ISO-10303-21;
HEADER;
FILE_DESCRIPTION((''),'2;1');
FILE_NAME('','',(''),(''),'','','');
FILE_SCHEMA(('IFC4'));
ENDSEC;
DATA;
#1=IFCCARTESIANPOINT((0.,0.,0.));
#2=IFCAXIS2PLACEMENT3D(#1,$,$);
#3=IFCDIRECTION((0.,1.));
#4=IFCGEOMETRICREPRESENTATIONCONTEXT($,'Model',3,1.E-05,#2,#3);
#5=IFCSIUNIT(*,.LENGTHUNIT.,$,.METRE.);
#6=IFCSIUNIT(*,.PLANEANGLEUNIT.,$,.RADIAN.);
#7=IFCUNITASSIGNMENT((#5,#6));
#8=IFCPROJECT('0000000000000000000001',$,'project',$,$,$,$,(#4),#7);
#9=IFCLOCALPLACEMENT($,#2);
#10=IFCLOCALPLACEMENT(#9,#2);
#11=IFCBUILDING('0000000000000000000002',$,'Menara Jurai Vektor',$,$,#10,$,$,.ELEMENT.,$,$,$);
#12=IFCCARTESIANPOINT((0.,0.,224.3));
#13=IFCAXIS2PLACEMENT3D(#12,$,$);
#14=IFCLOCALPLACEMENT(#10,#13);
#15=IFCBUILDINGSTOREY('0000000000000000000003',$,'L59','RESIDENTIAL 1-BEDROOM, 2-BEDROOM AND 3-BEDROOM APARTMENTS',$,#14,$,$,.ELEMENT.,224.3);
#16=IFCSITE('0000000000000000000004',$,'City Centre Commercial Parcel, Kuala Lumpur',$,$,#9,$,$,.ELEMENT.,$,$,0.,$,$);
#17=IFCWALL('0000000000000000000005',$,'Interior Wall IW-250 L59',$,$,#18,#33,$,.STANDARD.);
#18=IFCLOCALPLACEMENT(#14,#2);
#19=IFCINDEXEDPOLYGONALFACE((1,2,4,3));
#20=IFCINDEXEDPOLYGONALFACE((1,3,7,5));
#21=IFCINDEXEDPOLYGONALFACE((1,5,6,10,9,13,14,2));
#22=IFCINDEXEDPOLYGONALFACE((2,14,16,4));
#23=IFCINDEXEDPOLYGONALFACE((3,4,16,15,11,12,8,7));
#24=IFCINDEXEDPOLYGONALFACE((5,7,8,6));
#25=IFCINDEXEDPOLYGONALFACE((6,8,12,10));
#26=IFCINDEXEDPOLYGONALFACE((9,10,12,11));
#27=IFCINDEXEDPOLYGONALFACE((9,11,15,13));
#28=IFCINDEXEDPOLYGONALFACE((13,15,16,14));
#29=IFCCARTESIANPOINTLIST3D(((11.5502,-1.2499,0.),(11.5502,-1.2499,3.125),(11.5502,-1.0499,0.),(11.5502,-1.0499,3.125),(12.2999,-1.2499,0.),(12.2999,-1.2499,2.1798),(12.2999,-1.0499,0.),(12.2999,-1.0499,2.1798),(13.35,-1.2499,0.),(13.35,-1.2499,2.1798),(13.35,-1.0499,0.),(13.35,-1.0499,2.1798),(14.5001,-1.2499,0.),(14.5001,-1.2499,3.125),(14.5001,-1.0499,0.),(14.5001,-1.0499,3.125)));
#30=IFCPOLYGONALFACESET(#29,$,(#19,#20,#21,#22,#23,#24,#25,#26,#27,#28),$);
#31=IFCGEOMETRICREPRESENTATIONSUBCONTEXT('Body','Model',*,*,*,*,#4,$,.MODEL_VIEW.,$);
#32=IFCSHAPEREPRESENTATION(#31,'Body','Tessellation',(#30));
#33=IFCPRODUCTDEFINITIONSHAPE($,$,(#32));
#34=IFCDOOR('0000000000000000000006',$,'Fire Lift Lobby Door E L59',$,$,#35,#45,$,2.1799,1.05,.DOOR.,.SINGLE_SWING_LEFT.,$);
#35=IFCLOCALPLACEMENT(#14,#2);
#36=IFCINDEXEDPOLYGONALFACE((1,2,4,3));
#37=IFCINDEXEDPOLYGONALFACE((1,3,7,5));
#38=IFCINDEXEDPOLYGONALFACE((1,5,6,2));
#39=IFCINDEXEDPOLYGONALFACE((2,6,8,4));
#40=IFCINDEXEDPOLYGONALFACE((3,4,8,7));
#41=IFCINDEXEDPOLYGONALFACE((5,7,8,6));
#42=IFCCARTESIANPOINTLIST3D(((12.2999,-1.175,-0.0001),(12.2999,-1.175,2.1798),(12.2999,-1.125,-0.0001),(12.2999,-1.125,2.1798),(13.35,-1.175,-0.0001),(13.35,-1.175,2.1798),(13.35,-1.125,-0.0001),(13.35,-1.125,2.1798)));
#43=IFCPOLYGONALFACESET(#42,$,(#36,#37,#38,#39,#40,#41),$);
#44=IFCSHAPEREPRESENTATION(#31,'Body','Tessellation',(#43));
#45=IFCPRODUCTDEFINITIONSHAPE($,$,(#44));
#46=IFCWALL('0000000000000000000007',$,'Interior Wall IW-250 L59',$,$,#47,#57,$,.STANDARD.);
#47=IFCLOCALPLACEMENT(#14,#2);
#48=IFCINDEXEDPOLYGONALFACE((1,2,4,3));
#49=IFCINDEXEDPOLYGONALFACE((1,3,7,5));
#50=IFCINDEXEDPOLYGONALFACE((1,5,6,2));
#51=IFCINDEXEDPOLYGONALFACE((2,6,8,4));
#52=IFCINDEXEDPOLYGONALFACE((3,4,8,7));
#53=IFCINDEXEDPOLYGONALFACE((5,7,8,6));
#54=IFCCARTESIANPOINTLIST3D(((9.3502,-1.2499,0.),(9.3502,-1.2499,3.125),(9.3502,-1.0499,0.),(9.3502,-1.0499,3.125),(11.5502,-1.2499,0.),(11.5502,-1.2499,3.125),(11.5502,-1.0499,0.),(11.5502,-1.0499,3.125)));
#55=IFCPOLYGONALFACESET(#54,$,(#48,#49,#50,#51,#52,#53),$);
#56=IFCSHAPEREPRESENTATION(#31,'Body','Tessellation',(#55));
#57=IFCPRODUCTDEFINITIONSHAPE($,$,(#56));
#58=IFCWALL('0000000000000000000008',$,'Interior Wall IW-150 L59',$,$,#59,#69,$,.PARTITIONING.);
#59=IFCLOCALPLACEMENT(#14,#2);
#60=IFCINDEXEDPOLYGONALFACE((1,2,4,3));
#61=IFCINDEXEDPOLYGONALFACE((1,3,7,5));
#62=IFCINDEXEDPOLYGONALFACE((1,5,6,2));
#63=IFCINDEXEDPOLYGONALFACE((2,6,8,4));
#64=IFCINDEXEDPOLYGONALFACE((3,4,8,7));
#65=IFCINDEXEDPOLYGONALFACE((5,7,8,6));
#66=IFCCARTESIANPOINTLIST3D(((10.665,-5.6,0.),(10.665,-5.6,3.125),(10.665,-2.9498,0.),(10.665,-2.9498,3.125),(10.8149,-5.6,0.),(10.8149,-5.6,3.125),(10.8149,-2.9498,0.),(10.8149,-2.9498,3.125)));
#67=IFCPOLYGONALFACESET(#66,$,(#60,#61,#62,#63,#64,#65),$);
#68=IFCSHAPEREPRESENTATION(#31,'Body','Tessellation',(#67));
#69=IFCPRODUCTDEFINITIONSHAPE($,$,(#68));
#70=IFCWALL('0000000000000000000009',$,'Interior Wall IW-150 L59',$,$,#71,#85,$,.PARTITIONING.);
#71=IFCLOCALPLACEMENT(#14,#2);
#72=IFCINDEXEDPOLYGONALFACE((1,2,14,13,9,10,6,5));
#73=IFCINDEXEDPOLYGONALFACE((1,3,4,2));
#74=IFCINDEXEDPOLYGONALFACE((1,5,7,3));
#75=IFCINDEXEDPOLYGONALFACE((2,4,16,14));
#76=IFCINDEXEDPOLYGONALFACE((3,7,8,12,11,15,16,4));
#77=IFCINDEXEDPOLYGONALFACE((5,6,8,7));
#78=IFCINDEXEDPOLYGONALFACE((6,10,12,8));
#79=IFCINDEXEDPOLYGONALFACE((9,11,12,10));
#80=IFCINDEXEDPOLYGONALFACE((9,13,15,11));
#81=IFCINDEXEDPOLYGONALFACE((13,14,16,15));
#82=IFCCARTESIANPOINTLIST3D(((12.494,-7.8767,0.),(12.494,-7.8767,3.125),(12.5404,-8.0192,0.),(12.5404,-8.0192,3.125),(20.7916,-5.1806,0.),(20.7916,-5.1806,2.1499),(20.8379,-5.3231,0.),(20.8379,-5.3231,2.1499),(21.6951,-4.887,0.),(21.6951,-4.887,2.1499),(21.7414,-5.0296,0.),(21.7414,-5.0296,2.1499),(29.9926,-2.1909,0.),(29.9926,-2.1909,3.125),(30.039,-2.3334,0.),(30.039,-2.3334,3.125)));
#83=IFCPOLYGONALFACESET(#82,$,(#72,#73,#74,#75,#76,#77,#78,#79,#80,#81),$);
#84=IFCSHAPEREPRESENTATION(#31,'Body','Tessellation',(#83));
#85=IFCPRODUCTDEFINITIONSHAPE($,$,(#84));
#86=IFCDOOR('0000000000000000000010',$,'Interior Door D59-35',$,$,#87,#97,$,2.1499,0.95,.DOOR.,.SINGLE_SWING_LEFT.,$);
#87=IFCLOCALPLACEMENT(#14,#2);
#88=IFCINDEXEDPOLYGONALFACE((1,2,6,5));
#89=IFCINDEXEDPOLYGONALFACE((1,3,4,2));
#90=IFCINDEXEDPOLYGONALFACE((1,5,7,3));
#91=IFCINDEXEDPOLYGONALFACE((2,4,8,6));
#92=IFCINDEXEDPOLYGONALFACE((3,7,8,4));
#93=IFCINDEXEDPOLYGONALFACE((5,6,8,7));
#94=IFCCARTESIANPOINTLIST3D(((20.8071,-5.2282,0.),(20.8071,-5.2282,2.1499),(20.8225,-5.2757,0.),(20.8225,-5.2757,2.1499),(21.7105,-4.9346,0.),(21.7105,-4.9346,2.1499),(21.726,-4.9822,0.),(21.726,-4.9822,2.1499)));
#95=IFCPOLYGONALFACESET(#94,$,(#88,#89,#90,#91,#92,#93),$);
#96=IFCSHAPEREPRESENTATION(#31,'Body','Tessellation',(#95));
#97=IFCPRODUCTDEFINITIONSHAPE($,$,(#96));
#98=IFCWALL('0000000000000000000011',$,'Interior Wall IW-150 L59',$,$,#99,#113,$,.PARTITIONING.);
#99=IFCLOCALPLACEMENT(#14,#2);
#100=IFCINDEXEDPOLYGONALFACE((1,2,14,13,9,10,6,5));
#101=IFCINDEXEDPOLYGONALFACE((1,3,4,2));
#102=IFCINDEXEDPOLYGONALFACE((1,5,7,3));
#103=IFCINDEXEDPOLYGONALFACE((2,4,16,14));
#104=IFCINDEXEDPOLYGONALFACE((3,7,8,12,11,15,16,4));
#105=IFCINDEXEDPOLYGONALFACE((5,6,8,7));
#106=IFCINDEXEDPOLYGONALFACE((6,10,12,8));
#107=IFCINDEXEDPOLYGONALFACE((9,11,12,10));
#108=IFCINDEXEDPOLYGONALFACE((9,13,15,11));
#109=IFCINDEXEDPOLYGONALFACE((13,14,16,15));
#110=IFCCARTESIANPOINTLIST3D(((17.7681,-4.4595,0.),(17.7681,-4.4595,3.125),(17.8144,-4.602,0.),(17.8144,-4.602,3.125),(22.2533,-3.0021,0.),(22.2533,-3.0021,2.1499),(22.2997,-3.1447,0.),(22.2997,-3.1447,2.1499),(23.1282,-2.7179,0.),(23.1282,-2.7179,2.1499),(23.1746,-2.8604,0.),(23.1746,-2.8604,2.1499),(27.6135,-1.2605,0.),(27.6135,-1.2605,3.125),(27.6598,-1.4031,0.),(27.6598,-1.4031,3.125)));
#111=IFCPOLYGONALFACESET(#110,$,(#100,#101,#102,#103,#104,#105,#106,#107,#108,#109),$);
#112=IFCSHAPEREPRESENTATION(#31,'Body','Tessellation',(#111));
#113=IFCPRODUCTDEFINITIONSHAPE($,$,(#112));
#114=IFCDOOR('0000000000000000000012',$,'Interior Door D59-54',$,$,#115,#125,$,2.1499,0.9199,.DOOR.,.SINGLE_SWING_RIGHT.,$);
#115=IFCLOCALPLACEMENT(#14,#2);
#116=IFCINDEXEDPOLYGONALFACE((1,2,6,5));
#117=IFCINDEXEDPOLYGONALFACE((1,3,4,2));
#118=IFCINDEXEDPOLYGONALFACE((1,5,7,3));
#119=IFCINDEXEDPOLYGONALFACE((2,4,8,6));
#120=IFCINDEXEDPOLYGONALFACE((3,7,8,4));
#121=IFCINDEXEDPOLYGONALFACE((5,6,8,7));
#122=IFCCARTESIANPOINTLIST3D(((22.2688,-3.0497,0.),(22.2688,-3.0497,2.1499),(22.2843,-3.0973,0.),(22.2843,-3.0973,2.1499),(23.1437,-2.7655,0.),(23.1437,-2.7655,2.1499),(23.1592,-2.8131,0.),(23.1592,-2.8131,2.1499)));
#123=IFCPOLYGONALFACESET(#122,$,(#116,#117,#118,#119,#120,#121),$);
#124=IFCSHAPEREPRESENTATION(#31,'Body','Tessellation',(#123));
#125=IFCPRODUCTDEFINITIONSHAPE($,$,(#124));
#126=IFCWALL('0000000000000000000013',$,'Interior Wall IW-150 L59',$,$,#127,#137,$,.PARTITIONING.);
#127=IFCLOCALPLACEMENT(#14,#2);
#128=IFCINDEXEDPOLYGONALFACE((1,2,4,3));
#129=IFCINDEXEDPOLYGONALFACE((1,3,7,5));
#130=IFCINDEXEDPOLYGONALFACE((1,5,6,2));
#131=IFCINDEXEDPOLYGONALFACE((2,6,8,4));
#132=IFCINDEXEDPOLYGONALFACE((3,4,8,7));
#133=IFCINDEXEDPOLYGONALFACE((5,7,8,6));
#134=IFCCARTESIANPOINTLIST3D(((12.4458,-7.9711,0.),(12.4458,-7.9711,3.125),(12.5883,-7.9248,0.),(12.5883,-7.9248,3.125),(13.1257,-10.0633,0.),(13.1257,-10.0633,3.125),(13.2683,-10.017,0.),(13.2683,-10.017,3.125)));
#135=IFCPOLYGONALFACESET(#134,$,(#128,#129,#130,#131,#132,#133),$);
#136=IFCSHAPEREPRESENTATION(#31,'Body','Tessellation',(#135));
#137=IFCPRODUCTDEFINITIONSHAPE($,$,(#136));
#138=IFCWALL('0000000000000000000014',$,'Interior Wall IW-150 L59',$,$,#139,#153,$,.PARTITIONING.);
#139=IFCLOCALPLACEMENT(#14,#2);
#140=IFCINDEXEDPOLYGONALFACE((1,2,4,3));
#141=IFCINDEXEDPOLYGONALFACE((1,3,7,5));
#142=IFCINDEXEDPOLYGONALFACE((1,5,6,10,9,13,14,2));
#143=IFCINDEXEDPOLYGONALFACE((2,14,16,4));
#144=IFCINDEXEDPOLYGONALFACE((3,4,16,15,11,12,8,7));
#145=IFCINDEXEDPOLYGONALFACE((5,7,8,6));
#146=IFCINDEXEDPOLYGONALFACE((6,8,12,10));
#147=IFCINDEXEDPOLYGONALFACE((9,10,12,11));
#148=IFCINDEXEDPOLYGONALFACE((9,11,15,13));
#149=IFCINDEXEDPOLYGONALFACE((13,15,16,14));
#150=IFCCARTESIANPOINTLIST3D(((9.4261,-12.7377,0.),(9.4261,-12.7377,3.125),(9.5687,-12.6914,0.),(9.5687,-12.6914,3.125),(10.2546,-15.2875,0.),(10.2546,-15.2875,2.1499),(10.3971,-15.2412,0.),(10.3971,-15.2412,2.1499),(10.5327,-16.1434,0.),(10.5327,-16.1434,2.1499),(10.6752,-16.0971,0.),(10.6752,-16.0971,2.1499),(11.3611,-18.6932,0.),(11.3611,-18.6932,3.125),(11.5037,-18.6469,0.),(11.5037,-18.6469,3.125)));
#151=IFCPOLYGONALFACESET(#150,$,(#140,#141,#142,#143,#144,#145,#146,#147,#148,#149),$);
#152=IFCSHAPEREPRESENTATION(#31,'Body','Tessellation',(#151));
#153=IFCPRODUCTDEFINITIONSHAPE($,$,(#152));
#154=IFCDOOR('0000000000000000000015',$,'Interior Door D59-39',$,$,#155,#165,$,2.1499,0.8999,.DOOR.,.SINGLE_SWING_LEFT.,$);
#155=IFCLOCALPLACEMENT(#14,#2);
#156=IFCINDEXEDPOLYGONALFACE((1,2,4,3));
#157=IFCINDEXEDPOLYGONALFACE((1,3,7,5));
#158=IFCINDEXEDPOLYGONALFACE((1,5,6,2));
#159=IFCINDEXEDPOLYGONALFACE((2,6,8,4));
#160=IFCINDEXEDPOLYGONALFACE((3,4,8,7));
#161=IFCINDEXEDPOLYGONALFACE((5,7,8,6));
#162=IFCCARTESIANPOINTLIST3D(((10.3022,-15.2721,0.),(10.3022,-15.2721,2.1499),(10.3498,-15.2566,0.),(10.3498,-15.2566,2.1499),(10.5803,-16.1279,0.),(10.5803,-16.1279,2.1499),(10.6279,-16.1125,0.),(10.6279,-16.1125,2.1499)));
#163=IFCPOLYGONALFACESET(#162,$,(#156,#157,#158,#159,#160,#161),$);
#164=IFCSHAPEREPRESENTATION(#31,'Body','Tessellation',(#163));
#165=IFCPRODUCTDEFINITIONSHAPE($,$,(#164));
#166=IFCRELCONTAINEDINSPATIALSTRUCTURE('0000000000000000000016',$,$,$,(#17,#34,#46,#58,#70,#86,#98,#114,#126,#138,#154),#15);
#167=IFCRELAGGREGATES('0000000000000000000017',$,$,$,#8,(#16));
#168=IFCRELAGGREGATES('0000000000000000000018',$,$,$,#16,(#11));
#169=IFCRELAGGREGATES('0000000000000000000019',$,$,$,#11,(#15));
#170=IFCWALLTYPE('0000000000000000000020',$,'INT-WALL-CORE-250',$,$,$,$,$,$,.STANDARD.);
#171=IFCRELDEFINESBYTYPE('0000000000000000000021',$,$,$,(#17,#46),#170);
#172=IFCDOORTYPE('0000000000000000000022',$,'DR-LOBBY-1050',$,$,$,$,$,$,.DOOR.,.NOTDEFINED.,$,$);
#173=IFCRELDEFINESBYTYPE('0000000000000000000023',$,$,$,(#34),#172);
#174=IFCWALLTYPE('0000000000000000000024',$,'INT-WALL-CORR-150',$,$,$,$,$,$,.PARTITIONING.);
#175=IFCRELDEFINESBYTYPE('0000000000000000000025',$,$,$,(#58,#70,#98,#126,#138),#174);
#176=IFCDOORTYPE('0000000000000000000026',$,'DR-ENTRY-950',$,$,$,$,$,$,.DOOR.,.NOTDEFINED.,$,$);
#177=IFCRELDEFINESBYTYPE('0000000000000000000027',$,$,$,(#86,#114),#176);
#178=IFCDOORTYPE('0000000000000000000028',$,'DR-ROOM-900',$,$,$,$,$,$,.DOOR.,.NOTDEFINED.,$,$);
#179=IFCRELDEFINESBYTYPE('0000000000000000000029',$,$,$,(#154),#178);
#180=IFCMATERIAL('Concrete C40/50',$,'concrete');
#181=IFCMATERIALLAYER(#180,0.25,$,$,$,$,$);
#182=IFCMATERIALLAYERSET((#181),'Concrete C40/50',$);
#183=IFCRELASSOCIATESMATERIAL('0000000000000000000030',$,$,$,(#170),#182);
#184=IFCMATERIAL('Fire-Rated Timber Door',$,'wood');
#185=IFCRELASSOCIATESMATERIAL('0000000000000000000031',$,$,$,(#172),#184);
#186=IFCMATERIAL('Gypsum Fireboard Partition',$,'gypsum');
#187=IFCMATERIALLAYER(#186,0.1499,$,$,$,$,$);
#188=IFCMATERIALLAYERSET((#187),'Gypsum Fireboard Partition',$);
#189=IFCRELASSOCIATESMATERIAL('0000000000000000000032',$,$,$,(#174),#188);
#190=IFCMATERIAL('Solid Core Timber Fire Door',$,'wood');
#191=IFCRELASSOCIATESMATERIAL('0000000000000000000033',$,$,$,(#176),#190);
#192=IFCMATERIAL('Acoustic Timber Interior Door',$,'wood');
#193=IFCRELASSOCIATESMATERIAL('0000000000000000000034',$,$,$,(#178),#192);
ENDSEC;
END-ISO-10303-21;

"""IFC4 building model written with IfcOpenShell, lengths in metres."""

from ifc_helpers import new_model, si_unit, direction, frame, frame_2d, origin, place, context, subcontext, project, spatial, rectangle, extrude, material, layer, layer_set, type_object, element, fill, save


model = new_model("IFC4")

# Units and contexts
model_context = context("Model", 3, precision=1e-05, world=origin(), true_north=direction((0.0, 1.0)))
body_context = subcontext(model_context, "Body", "Model", "MODEL_VIEW")
ifc_project = project(units=[si_unit("LENGTHUNIT", "METRE"), si_unit("PLANEANGLEUNIT", "RADIAN")], contexts=[model_context])

# Site, building, storey
site_placement = place(None, origin())
site = spatial("IfcSite", under=ifc_project, at=site_placement, Name="City Centre Commercial Parcel, Kuala Lumpur", CompositionType="ELEMENT", RefElevation=0.0)
building_placement = place(site_placement, origin())
building = spatial("IfcBuilding", under=site, at=building_placement, Name="Menara Jurai Vektor", CompositionType="ELEMENT")
storey_placement = place(building_placement, frame((0.0, 0.0, 224.3)))
storey = spatial("IfcBuildingStorey", under=building, at=storey_placement, Name="L59", Description="RESIDENTIAL 1-BEDROOM, 2-BEDROOM AND 3-BEDROOM APARTMENTS", CompositionType="ELEMENT", Elevation=224.3)

# Wall, opening, door
ifc_material_1 = material(Name="Concrete C40/50", Category="concrete")
ifc_layer_1 = layer(ifc_material_1, 0.25)
ifc_layer_set_1 = layer_set([ifc_layer_1], Name="Concrete C40/50")
wall_type_1 = type_object("IfcWallType", Name="INT-WALL-CORE-250", PredefinedType="STANDARD", material=ifc_layer_set_1)
wall_1_placement = place(storey_placement, frame((11.55, -1.1499, 0.0), z_axis=(0.0, 0.0, 1.0), x_axis=(1.0, 0.0, 0.0)))
wall_1 = element("IfcWall", 1, at=wall_1_placement, inside=storey, type_object=wall_type_1, Name="Interior Wall IW-250 L59", PredefinedType="STANDARD", context=body_context, shape_type="SweptSolid", body=[
    extrude(rectangle(XDim=2.95, YDim=0.2, at=frame_2d((1.4751, 0.0))), origin(), (0.0, 0.0, 1.0), 3.125),
])
opening_1_placement = place(wall_1_placement, frame((0.75, 0.0, 0.0)))
opening_1 = element("IfcOpeningElement", 2, at=opening_1_placement, cuts=wall_1, PredefinedType="OPENING", context=body_context, shape_type="SweptSolid", body=[
    extrude(rectangle(XDim=1.05, YDim=2.1799, at=frame_2d((0.5249, 1.0898))), frame((0.0, 0.1099, 0.0), z_axis=(0.0, -1.0, 0.0), x_axis=(1.0, 0.0, 0.0)), (0.0, 0.0, 1.0), 0.22),
])
ifc_material_2 = material(Name="Fire-Rated Timber Door", Category="wood")
door_type_1 = type_object("IfcDoorType", Name="DR-LOBBY-1050", OperationType="NOTDEFINED", PredefinedType="DOOR", material=ifc_material_2)
door_1_placement = place(opening_1_placement, origin())
door_1 = element("IfcDoor", 3, at=door_1_placement, inside=storey, type_object=door_type_1, Name="Fire Lift Lobby Door E L59", OperationType="SINGLE_SWING_LEFT", OverallHeight=2.1799, OverallWidth=1.05, PredefinedType="DOOR", context=body_context, shape_type="SweptSolid", body=[
    extrude(rectangle(XDim=1.05, YDim=2.1799, at=frame_2d((0.5249, 1.0898))), frame((0.0, 0.0249, 0.0), z_axis=(0.0, -1.0, 0.0), x_axis=(1.0, 0.0, 0.0)), (0.0, 0.0, 1.0), 0.05),
])
fill(opening_1, door_1)

# Walls
wall_2_placement = place(storey_placement, frame((9.3501, -1.1499, 0.0), z_axis=(0.0, 0.0, 1.0), x_axis=(1.0, 0.0, 0.0)))
element("IfcWall", 4, at=wall_2_placement, inside=storey, type_object=wall_type_1, Name="Interior Wall IW-250 L59", PredefinedType="STANDARD", context=body_context, shape_type="SweptSolid", body=[
    extrude(rectangle(XDim=2.2, YDim=0.2, at=frame_2d((1.1001, 0.0))), origin(), (0.0, 0.0, 1.0), 3.125),
])
ifc_material_3 = material(Name="Gypsum Fireboard Partition", Category="gypsum")
ifc_layer_2 = layer(ifc_material_3, 0.1499)
ifc_layer_set_2 = layer_set([ifc_layer_2], Name="Gypsum Fireboard Partition")
wall_type_2 = type_object("IfcWallType", Name="INT-WALL-CORR-150", PredefinedType="PARTITIONING", material=ifc_layer_set_2)
wall_3_placement = place(storey_placement, frame((10.74, -5.6001, 0.0), z_axis=(0.0, 0.0, 1.0), x_axis=(0.0, 1.0, 0.0)))
element("IfcWall", 5, at=wall_3_placement, inside=storey, type_object=wall_type_2, Name="Interior Wall IW-150 L59", PredefinedType="PARTITIONING", context=body_context, shape_type="SweptSolid", body=[
    extrude(rectangle(XDim=2.6501, YDim=0.1499, at=frame_2d((1.3252, 0.0))), origin(), (0.0, 0.0, 1.0), 3.125),
])

# Walls, openings, doors
wall_4_placement = place(storey_placement, frame((12.5171, -7.948, 0.0), z_axis=(0.0, 0.0, 1.0), x_axis=(0.951054, 0.309025, 0.0)))
wall_4 = element("IfcWall", 6, at=wall_4_placement, inside=storey, type_object=wall_type_2, Name="Interior Wall IW-150 L59", PredefinedType="PARTITIONING", context=body_context, shape_type="SweptSolid", body=[
    extrude(rectangle(XDim=18.3992, YDim=0.1499, at=frame_2d((9.1997, 0.0))), origin(), (0.0, 0.0, 1.0), 3.125),
])
opening_2_placement = place(wall_4_placement, frame((8.7246, 0.0, 0.0)))
opening_2 = element("IfcOpeningElement", 7, at=opening_2_placement, cuts=wall_4, PredefinedType="OPENING", context=body_context, shape_type="SweptSolid", body=[
    extrude(rectangle(XDim=0.95, YDim=2.1499, at=frame_2d((0.4751, 1.075))), frame((0.0, 0.085, 0.0), z_axis=(0.0, -1.0, 0.0), x_axis=(1.0, 0.0, 0.0)), (0.0, 0.0, 1.0), 0.1699),
])
ifc_material_4 = material(Name="Solid Core Timber Fire Door", Category="wood")
door_type_2 = type_object("IfcDoorType", Name="DR-ENTRY-950", OperationType="NOTDEFINED", PredefinedType="DOOR", material=ifc_material_4)
door_2_placement = place(opening_2_placement, origin())
door_2 = element("IfcDoor", 8, at=door_2_placement, inside=storey, type_object=door_type_2, Name="Interior Door D59-35", OperationType="SINGLE_SWING_LEFT", OverallHeight=2.1499, OverallWidth=0.95, PredefinedType="DOOR", context=body_context, shape_type="SweptSolid", body=[
    extrude(rectangle(XDim=0.95, YDim=2.1499, at=frame_2d((0.4751, 1.075))), frame((0.0, 0.0249, 0.0), z_axis=(0.0, -1.0, 0.0), x_axis=(1.0, 0.0, 0.0)), (0.0, 0.0, 1.0), 0.05),
])
fill(opening_2, door_2)
wall_5_placement = place(storey_placement, frame((17.7913, -4.5308, 0.0), z_axis=(0.0, 0.0, 1.0), x_axis=(0.951057, 0.309016, 0.0)))
wall_5 = element("IfcWall", 9, at=wall_5_placement, inside=storey, type_object=wall_type_2, Name="Interior Wall IW-150 L59", PredefinedType="PARTITIONING", context=body_context, shape_type="SweptSolid", body=[
    extrude(rectangle(XDim=10.3521, YDim=0.1499, at=frame_2d((5.176, 0.0))), origin(), (0.0, 0.0, 1.0), 3.125),
])
opening_3_placement = place(wall_5_placement, frame((4.7161, 0.0, 0.0)))
opening_3 = element("IfcOpeningElement", 10, at=opening_3_placement, cuts=wall_5, PredefinedType="OPENING", context=body_context, shape_type="SweptSolid", body=[
    extrude(rectangle(XDim=0.9199, YDim=2.1499, at=frame_2d((0.46, 1.075))), frame((0.0, 0.085, 0.0), z_axis=(0.0, -1.0, 0.0), x_axis=(1.0, 0.0, 0.0)), (0.0, 0.0, 1.0), 0.1699),
])
door_3_placement = place(opening_3_placement, origin())
door_3 = element("IfcDoor", 11, at=door_3_placement, inside=storey, type_object=door_type_2, Name="Interior Door D59-54", OperationType="SINGLE_SWING_RIGHT", OverallHeight=2.1499, OverallWidth=0.9199, PredefinedType="DOOR", context=body_context, shape_type="SweptSolid", body=[
    extrude(rectangle(XDim=0.9199, YDim=2.1499, at=frame_2d((0.46, 1.075))), frame((0.0, 0.0249, 0.0), z_axis=(0.0, -1.0, 0.0), x_axis=(1.0, 0.0, 0.0)), (0.0, 0.0, 1.0), 0.05),
])
fill(opening_3, door_3)

# Wall
wall_6_placement = place(storey_placement, frame((13.197, -10.0403, 0.0), z_axis=(0.0, 0.0, 1.0), x_axis=(-0.309061, 0.951042, 0.0)))
element("IfcWall", 12, at=wall_6_placement, inside=storey, type_object=wall_type_2, Name="Interior Wall IW-150 L59", PredefinedType="PARTITIONING", context=body_context, shape_type="SweptSolid", body=[
    extrude(rectangle(XDim=2.2, YDim=0.1499, at=frame_2d((1.1001, 0.0))), origin(), (0.0, 0.0, 1.0), 3.125),
])

# Wall, opening, door
wall_7_placement = place(storey_placement, frame((11.4324, -18.6699, 0.0), z_axis=(0.0, 0.0, 1.0), x_axis=(-0.309014, 0.951058, 0.0)))
wall_7 = element("IfcWall", 13, at=wall_7_placement, inside=storey, type_object=wall_type_2, Name="Interior Wall IW-150 L59", PredefinedType="PARTITIONING", context=body_context, shape_type="SweptSolid", body=[
    extrude(rectangle(XDim=6.262, YDim=0.1499, at=frame_2d((3.1309, 0.0))), origin(), (0.0, 0.0, 1.0), 3.125),
])
opening_4_placement = place(wall_7_placement, frame((2.6809, 0.0, 0.0)))
opening_4 = element("IfcOpeningElement", 14, at=opening_4_placement, cuts=wall_7, PredefinedType="OPENING", context=body_context, shape_type="SweptSolid", body=[
    extrude(rectangle(XDim=0.8999, YDim=2.1499, at=frame_2d((0.45, 1.075))), frame((0.0, 0.085, 0.0), z_axis=(0.0, -1.0, 0.0), x_axis=(1.0, 0.0, 0.0)), (0.0, 0.0, 1.0), 0.1699),
])
ifc_material_5 = material(Name="Acoustic Timber Interior Door", Category="wood")
door_type_3 = type_object("IfcDoorType", Name="DR-ROOM-900", OperationType="NOTDEFINED", PredefinedType="DOOR", material=ifc_material_5)
door_4_placement = place(opening_4_placement, origin())
door_4 = element("IfcDoor", 15, at=door_4_placement, inside=storey, type_object=door_type_3, Name="Interior Door D59-39", OperationType="SINGLE_SWING_LEFT", OverallHeight=2.1499, OverallWidth=0.8999, PredefinedType="DOOR", context=body_context, shape_type="SweptSolid", body=[
    extrude(rectangle(XDim=0.8999, YDim=2.1499, at=frame_2d((0.45, 1.075))), frame((0.0, 0.0249, 0.0), z_axis=(0.0, -1.0, 0.0), x_axis=(1.0, 0.0, 0.0)), (0.0, 0.0, 1.0), 0.05),
])
fill(opening_4, door_4)

save(model, "model.ifc")
